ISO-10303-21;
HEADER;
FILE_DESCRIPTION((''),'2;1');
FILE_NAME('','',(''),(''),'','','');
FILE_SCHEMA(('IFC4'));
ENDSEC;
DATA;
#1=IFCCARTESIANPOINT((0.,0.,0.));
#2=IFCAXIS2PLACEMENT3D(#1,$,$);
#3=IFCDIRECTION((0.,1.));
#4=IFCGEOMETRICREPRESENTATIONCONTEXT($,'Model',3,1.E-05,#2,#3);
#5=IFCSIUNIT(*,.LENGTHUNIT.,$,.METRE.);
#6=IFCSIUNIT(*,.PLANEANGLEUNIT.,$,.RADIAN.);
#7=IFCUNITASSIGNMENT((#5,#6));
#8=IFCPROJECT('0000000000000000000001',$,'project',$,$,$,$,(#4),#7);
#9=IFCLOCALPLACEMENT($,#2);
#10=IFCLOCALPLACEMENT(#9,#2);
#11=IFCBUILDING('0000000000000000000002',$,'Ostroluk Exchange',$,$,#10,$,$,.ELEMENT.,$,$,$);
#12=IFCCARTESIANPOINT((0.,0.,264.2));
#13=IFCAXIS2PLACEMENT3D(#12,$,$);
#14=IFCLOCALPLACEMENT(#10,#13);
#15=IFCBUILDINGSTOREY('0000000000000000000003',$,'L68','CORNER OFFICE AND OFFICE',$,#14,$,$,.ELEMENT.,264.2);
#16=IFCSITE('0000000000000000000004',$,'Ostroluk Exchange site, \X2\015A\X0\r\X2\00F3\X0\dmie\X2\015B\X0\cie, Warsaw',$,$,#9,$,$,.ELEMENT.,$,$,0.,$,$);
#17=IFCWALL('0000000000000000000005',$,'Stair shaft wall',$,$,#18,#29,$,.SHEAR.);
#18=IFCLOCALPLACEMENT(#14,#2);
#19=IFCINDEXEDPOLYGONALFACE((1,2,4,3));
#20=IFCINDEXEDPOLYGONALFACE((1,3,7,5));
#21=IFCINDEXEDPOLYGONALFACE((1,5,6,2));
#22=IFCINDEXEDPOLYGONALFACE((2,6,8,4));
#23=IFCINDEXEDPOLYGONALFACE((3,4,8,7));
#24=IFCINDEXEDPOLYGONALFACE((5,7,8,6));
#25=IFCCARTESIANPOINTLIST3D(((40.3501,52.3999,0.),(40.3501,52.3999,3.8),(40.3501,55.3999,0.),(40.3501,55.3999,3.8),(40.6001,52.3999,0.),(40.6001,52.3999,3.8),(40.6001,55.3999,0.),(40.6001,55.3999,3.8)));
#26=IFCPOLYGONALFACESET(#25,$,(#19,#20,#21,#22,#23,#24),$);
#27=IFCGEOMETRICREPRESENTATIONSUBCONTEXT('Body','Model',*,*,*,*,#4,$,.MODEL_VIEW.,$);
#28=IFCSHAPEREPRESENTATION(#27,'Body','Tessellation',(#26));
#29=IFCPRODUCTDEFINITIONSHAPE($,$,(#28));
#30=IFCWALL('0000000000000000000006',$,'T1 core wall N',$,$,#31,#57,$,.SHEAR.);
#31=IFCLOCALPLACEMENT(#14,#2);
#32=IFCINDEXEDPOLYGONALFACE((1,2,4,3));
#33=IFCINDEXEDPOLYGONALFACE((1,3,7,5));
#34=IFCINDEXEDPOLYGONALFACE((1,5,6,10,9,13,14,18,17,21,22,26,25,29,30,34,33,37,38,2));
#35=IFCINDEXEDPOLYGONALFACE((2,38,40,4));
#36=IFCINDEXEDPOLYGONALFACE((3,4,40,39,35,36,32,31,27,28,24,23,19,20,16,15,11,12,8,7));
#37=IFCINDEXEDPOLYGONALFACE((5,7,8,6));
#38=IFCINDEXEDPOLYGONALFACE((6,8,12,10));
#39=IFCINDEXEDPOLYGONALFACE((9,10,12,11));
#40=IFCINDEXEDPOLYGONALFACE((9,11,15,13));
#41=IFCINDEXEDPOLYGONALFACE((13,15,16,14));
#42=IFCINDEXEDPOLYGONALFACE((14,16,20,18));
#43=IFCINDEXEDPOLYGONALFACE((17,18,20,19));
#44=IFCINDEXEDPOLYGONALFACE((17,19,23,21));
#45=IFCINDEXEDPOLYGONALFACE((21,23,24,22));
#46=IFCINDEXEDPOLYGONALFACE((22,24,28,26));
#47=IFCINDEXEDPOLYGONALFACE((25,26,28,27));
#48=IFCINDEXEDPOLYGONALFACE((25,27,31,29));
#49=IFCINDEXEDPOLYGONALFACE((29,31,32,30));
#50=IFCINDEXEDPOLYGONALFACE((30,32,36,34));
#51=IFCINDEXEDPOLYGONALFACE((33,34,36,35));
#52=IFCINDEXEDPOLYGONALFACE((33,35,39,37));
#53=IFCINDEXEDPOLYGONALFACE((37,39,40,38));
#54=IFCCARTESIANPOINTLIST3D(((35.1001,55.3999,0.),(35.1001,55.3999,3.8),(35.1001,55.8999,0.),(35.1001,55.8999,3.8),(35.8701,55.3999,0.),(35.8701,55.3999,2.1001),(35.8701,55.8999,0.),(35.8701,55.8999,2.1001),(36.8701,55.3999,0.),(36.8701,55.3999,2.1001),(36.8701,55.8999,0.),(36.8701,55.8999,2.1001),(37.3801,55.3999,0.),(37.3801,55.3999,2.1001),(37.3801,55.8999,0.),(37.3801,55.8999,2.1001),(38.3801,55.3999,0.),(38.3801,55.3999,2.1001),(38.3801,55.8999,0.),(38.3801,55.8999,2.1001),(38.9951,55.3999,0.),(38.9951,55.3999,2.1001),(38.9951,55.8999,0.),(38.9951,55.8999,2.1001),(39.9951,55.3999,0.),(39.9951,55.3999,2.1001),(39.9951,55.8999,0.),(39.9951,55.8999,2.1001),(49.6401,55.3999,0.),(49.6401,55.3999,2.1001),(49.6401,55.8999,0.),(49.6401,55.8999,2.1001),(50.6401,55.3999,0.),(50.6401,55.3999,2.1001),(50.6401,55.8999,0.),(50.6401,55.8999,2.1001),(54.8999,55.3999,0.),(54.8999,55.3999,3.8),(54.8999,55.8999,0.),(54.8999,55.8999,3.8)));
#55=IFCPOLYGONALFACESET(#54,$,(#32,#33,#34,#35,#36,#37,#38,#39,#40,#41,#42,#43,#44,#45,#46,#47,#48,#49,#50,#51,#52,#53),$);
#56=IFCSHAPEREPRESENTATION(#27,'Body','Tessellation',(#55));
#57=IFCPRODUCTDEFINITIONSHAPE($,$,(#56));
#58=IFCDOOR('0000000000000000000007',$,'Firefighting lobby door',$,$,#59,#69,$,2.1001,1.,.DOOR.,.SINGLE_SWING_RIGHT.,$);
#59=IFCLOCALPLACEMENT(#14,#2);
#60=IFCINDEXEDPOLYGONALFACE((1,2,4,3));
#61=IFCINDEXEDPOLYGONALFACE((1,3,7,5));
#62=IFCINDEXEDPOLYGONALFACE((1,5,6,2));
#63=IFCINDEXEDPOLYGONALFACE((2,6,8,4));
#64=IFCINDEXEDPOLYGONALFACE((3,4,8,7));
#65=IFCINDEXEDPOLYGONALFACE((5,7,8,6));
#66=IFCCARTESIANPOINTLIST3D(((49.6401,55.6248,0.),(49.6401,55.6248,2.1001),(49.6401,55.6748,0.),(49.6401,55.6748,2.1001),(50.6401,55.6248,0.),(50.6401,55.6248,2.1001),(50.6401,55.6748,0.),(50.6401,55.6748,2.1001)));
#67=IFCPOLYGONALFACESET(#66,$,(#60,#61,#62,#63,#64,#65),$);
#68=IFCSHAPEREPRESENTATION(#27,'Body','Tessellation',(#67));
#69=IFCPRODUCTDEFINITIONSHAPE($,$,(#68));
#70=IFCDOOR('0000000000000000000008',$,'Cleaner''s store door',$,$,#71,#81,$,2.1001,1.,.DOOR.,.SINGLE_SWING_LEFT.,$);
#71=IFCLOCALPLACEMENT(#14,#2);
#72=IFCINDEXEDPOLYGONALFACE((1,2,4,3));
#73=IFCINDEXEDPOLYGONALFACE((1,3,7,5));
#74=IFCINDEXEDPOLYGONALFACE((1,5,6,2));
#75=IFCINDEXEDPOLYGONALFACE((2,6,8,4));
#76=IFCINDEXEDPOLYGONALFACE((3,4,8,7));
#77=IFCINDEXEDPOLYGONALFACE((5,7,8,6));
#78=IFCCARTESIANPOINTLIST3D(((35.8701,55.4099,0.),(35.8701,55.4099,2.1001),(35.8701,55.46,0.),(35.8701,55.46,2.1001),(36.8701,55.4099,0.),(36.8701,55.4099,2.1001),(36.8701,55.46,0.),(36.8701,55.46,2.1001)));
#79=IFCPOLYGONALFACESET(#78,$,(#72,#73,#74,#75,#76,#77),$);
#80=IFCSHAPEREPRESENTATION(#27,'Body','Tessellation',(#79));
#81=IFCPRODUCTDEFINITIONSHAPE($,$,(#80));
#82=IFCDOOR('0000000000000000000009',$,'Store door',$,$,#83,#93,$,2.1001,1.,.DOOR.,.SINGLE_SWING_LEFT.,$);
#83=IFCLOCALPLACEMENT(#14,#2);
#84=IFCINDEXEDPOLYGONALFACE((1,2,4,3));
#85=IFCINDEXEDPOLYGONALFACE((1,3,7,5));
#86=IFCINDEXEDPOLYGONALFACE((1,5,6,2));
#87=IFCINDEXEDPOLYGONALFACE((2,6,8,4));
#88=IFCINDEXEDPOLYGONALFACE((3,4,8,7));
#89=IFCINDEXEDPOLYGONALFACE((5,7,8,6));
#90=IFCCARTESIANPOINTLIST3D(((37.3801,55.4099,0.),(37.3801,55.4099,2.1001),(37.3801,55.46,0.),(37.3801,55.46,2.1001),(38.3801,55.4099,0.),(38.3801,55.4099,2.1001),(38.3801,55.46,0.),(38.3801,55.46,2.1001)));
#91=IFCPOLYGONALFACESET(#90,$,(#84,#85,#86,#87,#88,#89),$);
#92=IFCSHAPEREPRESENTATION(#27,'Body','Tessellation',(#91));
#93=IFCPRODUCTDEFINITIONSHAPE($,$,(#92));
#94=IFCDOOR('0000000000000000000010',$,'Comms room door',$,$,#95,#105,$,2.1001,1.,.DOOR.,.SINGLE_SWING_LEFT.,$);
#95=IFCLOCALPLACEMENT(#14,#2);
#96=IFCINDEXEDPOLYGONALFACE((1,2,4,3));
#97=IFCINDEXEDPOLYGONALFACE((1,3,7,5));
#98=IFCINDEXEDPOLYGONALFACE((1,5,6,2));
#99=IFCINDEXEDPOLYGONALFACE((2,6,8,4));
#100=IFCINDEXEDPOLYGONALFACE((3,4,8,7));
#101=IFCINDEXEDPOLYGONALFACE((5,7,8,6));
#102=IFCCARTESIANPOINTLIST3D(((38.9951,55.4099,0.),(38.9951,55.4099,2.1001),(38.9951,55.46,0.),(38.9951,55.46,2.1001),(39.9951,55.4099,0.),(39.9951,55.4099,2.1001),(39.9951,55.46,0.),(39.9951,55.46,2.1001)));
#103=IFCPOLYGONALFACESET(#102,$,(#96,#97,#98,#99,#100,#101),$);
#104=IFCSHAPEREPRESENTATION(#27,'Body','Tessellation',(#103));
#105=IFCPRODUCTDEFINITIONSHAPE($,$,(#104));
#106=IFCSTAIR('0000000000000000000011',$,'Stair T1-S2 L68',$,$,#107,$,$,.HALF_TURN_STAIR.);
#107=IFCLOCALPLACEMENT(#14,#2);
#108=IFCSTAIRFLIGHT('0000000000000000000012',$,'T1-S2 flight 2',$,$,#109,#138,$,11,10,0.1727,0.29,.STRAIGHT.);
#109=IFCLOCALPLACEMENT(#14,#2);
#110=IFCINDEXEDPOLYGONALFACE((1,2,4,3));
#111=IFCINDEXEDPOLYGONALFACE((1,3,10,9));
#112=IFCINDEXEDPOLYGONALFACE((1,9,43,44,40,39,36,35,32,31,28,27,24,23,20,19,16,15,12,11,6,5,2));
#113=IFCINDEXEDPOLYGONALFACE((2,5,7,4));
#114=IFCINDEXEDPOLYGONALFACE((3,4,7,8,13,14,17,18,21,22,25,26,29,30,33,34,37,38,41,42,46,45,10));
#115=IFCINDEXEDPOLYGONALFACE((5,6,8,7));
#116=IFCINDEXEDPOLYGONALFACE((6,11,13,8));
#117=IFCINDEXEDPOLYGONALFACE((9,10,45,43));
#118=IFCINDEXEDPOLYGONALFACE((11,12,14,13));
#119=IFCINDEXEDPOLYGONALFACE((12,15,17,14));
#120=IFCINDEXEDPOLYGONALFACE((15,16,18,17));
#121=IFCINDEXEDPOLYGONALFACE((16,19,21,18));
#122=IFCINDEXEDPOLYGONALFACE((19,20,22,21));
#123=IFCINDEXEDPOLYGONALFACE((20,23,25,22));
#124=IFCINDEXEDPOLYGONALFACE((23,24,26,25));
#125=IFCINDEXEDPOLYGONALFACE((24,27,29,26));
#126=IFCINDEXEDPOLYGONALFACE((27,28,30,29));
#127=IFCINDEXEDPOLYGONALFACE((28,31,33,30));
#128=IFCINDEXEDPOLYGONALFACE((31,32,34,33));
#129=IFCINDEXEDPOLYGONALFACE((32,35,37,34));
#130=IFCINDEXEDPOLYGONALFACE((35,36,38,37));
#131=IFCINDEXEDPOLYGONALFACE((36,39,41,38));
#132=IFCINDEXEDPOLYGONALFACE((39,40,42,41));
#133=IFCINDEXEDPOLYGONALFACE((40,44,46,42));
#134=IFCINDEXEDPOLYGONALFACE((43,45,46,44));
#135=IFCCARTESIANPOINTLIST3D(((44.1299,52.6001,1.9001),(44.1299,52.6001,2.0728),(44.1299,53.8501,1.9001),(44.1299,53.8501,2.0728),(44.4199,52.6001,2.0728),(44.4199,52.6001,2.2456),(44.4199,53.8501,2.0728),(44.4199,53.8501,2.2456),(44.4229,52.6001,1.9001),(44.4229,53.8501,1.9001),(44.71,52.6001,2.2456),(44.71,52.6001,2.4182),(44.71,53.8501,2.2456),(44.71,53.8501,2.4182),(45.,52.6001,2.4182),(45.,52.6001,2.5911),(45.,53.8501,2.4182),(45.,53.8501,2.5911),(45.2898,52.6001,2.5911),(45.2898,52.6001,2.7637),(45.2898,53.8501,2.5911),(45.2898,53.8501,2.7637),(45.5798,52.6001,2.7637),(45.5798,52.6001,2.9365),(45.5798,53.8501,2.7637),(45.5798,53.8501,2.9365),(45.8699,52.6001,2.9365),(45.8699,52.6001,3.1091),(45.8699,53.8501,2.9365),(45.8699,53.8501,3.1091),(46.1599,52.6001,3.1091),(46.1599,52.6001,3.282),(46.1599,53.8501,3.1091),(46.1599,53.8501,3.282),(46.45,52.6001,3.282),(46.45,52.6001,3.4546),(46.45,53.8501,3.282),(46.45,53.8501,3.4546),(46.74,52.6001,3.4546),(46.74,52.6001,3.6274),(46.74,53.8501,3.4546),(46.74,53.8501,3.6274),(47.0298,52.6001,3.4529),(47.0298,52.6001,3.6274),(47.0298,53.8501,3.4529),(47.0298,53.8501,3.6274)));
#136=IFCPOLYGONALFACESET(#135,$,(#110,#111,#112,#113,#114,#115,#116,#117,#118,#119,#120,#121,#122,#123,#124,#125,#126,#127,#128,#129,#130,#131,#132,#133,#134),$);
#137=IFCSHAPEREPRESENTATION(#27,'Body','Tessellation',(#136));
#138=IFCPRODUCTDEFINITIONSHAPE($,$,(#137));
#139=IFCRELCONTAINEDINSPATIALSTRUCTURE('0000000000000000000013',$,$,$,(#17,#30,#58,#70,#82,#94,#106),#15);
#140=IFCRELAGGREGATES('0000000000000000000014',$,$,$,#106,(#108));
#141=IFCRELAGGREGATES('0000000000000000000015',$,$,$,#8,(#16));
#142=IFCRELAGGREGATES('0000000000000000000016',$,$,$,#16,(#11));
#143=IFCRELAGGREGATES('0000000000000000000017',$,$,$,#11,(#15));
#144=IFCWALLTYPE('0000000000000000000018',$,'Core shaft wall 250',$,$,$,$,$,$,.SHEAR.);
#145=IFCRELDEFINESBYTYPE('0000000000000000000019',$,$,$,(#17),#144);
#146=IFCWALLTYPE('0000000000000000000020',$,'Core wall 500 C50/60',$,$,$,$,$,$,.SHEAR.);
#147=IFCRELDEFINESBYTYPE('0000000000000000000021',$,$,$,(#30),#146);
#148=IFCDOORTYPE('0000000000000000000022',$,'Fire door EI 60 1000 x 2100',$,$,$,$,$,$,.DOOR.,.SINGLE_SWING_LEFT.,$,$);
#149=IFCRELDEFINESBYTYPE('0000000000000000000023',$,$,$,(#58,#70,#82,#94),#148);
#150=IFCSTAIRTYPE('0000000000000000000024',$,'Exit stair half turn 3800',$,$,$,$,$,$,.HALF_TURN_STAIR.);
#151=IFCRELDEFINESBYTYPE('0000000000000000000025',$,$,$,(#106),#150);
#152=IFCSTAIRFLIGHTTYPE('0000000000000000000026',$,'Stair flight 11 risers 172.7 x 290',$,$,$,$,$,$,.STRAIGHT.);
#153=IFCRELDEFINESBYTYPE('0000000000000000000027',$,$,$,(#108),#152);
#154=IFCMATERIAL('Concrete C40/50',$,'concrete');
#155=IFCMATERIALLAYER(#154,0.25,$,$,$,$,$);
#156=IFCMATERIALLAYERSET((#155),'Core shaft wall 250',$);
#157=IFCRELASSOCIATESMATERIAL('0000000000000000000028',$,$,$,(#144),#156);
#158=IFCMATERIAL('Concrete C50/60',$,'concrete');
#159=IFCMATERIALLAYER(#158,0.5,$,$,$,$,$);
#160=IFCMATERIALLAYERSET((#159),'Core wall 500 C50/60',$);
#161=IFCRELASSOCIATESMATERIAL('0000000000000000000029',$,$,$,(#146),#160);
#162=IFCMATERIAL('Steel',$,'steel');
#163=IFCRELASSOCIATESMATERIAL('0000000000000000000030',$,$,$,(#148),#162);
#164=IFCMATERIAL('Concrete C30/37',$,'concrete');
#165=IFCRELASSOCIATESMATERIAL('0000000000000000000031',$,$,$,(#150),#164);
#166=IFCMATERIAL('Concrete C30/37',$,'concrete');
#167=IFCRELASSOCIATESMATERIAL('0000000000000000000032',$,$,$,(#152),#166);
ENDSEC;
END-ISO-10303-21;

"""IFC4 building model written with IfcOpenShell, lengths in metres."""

from ifc_helpers import new_model, si_unit, direction, frame, frame_2d, origin, place, context, subcontext, project, spatial, polyline, rectangle, outline, extrude, material, layer, layer_set, type_object, element, fill, aggregate, save


model = new_model("IFC4")

# Units and contexts
model_context = context("Model", 3, precision=1e-05, world=origin(), true_north=direction((0.0, 1.0)))
body_context = subcontext(model_context, "Body", "Model", "MODEL_VIEW")
ifc_project = project(units=[si_unit("LENGTHUNIT", "METRE"), si_unit("PLANEANGLEUNIT", "RADIAN")], contexts=[model_context])

# Site, building, storey
site_placement = place(None, origin())
site = spatial("IfcSite", under=ifc_project, at=site_placement, Name="Ostroluk Exchange site, Śródmieście, Warsaw", CompositionType="ELEMENT", RefElevation=0.0)
building_placement = place(site_placement, origin())
building = spatial("IfcBuilding", under=site, at=building_placement, Name="Ostroluk Exchange", CompositionType="ELEMENT")
storey_placement = place(building_placement, frame((0.0, 0.0, 264.2)))
storey = spatial("IfcBuildingStorey", under=building, at=storey_placement, Name="L68", Description="CORNER OFFICE AND OFFICE", CompositionType="ELEMENT", Elevation=264.2)

# Wall
ifc_material_1 = material(Name="Concrete C40/50", Category="concrete")
ifc_layer_1 = layer(ifc_material_1, 0.25)
ifc_layer_set_1 = layer_set([ifc_layer_1], Name="Core shaft wall 250")
wall_type_1 = type_object("IfcWallType", Name="Core shaft wall 250", PredefinedType="SHEAR", material=ifc_layer_set_1)
wall_1_placement = place(storey_placement, frame((40.4751, 52.3999, 0.0), z_axis=(0.0, 0.0, 1.0), x_axis=(0.0, 1.0, 0.0)))
element("IfcWall", 1, at=wall_1_placement, inside=storey, type_object=wall_type_1, Name="Stair shaft wall", PredefinedType="SHEAR", context=body_context, shape_type="SweptSolid", body=[
    extrude(rectangle(XDim=3.0, YDim=0.25, at=frame_2d((1.5, 0.0))), origin(), (0.0, 0.0, 1.0), 3.8),
])

# Wall, openings, doors
ifc_material_2 = material(Name="Concrete C50/60", Category="concrete")
ifc_layer_2 = layer(ifc_material_2, 0.5)
ifc_layer_set_2 = layer_set([ifc_layer_2], Name="Core wall 500 C50/60")
wall_type_2 = type_object("IfcWallType", Name="Core wall 500 C50/60", PredefinedType="SHEAR", material=ifc_layer_set_2)
wall_2_placement = place(storey_placement, frame((35.1001, 55.6499, 0.0), z_axis=(0.0, 0.0, 1.0), x_axis=(1.0, 0.0, 0.0)))
wall_2 = element("IfcWall", 2, at=wall_2_placement, inside=storey, type_object=wall_type_2, Name="T1 core wall N", PredefinedType="SHEAR", context=body_context, shape_type="SweptSolid", body=[
    extrude(rectangle(XDim=19.7998, YDim=0.5, at=frame_2d((9.8999, 0.0))), origin(), (0.0, 0.0, 1.0), 3.8),
])
opening_1_placement = place(wall_2_placement, frame((14.54, 0.0, 0.0)))
opening_1 = element("IfcOpeningElement", 3, at=opening_1_placement, cuts=wall_2, PredefinedType="OPENING", context=body_context, shape_type="SweptSolid", body=[
    extrude(rectangle(XDim=1.0, YDim=2.1001, at=frame_2d((0.5, 1.05))), frame((0.0, 0.26, 0.0), z_axis=(0.0, -1.0, 0.0), x_axis=(1.0, 0.0, 0.0)), (0.0, 0.0, 1.0), 0.52),
])
opening_2_placement = place(wall_2_placement, frame((0.77, 0.0, 0.0)))
opening_2 = element("IfcOpeningElement", 4, at=opening_2_placement, cuts=wall_2, PredefinedType="OPENING", context=body_context, shape_type="SweptSolid", body=[
    extrude(rectangle(XDim=1.0, YDim=2.1001, at=frame_2d((0.5, 1.05))), frame((0.0, 0.26, 0.0), z_axis=(0.0, -1.0, 0.0), x_axis=(1.0, 0.0, 0.0)), (0.0, 0.0, 1.0), 0.52),
])
opening_3_placement = place(wall_2_placement, frame((2.28, 0.0, 0.0)))
opening_3 = element("IfcOpeningElement", 5, at=opening_3_placement, cuts=wall_2, PredefinedType="OPENING", context=body_context, shape_type="SweptSolid", body=[
    extrude(rectangle(XDim=1.0, YDim=2.1001, at=frame_2d((0.5, 1.05))), frame((0.0, 0.26, 0.0), z_axis=(0.0, -1.0, 0.0), x_axis=(1.0, 0.0, 0.0)), (0.0, 0.0, 1.0), 0.52),
])
opening_4_placement = place(wall_2_placement, frame((3.895, 0.0, 0.0)))
opening_4 = element("IfcOpeningElement", 6, at=opening_4_placement, cuts=wall_2, PredefinedType="OPENING", context=body_context, shape_type="SweptSolid", body=[
    extrude(rectangle(XDim=1.0, YDim=2.1001, at=frame_2d((0.5, 1.05))), frame((0.0, 0.26, 0.0), z_axis=(0.0, -1.0, 0.0), x_axis=(1.0, 0.0, 0.0)), (0.0, 0.0, 1.0), 0.52),
])
ifc_material_3 = material(Name="Steel", Category="steel")
door_type = type_object("IfcDoorType", Name="Fire door EI 60 1000 x 2100", OperationType="SINGLE_SWING_LEFT", PredefinedType="DOOR", material=ifc_material_3)
door_1_placement = place(opening_1_placement, origin())
door_1 = element("IfcDoor", 7, at=door_1_placement, inside=storey, type_object=door_type, Name="Firefighting lobby door", OperationType="SINGLE_SWING_RIGHT", OverallHeight=2.1001, OverallWidth=1.0, PredefinedType="DOOR", context=body_context, shape_type="SweptSolid", body=[
    extrude(rectangle(XDim=1.0, YDim=2.1001, at=frame_2d((0.5, 1.05))), frame((0.0, 0.0249, 0.0), z_axis=(0.0, -1.0, 0.0), x_axis=(1.0, 0.0, 0.0)), (0.0, 0.0, 1.0), 0.05),
])
fill(opening_1, door_1)
door_2_placement = place(opening_2_placement, origin())
door_2 = element("IfcDoor", 8, at=door_2_placement, inside=storey, type_object=door_type, Name="Cleaner's store door", OperationType="SINGLE_SWING_LEFT", OverallHeight=2.1001, OverallWidth=1.0, PredefinedType="DOOR", context=body_context, shape_type="SweptSolid", body=[
    extrude(rectangle(XDim=1.0, YDim=2.1001, at=frame_2d((0.5, 1.05))), frame((0.0, -0.1899, 0.0), z_axis=(0.0, -1.0, 0.0), x_axis=(1.0, 0.0, 0.0)), (0.0, 0.0, 1.0), 0.05),
])
fill(opening_2, door_2)
door_3_placement = place(opening_3_placement, origin())
door_3 = element("IfcDoor", 9, at=door_3_placement, inside=storey, type_object=door_type, Name="Store door", OperationType="SINGLE_SWING_LEFT", OverallHeight=2.1001, OverallWidth=1.0, PredefinedType="DOOR", context=body_context, shape_type="SweptSolid", body=[
    extrude(rectangle(XDim=1.0, YDim=2.1001, at=frame_2d((0.5, 1.05))), frame((0.0, -0.1899, 0.0), z_axis=(0.0, -1.0, 0.0), x_axis=(1.0, 0.0, 0.0)), (0.0, 0.0, 1.0), 0.05),
])
fill(opening_3, door_3)
door_4_placement = place(opening_4_placement, origin())
door_4 = element("IfcDoor", 10, at=door_4_placement, inside=storey, type_object=door_type, Name="Comms room door", OperationType="SINGLE_SWING_LEFT", OverallHeight=2.1001, OverallWidth=1.0, PredefinedType="DOOR", context=body_context, shape_type="SweptSolid", body=[
    extrude(rectangle(XDim=1.0, YDim=2.1001, at=frame_2d((0.5, 1.05))), frame((0.0, -0.1899, 0.0), z_axis=(0.0, -1.0, 0.0), x_axis=(1.0, 0.0, 0.0)), (0.0, 0.0, 1.0), 0.05),
])
fill(opening_4, door_4)

# Stair, stair flight
ifc_material_4 = material(Name="Concrete C30/37", Category="concrete")
stair_type = type_object("IfcStairType", Name="Exit stair half turn 3800", PredefinedType="HALF_TURN_STAIR", material=ifc_material_4)
stair_placement = place(storey_placement, origin())
stair = element("IfcStair", 11, at=stair_placement, inside=storey, type_object=stair_type, Name="Stair T1-S2 L68", PredefinedType="HALF_TURN_STAIR")
ifc_material_5 = material(Name="Concrete C30/37", Category="concrete")
stair_flight_type = type_object("IfcStairFlightType", Name="Stair flight 11 risers 172.7 x 290", PredefinedType="STRAIGHT", material=ifc_material_5)
stair_flight_placement = place(storey_placement, frame((44.1299, 53.2251, 1.9001), z_axis=(0.0, 0.0, 1.0), x_axis=(1.0, 0.0, 0.0)))
stair_flight = element("IfcStairFlight", 12, at=stair_flight_placement, type_object=stair_flight_type, Name="T1-S2 flight 2", NumberOfRisers=11, NumberOfTreads=10, PredefinedType="STRAIGHT", RiserHeight=0.1727, TreadLength=0.29, context=body_context, shape_type="SweptSolid", body=[
    extrude(outline(polyline([(0.0, 0.0), (0.0, 0.1726), (0.29, 0.1726), (0.29, 0.3455), (0.5801, 0.3455), (0.5801, 0.5181), (0.8701, 0.5181), (0.8701, 0.6909), (1.1599, 0.6909), (1.1599, 0.8635), (1.45, 0.8635), (1.45, 1.0364), (1.74, 1.0364), (1.74, 1.209), (2.03, 1.209), (2.03, 1.3818), (2.3201, 1.3818), (2.3201, 1.5544), (2.6101, 1.5544), (2.6101, 1.7273), (2.8999, 1.7273), (2.8999, 1.8999), (2.8999, 1.5527), (0.293, 0.0), (0.0, 0.0)])), frame((0.0, 0.625, 0.0), z_axis=(0.0, -1.0, 0.0), x_axis=(1.0, 0.0, 0.0)), (0.0, 0.0, 1.0), 1.25),
])
aggregate(stair, [stair_flight])

save(model, "model.ifc")
